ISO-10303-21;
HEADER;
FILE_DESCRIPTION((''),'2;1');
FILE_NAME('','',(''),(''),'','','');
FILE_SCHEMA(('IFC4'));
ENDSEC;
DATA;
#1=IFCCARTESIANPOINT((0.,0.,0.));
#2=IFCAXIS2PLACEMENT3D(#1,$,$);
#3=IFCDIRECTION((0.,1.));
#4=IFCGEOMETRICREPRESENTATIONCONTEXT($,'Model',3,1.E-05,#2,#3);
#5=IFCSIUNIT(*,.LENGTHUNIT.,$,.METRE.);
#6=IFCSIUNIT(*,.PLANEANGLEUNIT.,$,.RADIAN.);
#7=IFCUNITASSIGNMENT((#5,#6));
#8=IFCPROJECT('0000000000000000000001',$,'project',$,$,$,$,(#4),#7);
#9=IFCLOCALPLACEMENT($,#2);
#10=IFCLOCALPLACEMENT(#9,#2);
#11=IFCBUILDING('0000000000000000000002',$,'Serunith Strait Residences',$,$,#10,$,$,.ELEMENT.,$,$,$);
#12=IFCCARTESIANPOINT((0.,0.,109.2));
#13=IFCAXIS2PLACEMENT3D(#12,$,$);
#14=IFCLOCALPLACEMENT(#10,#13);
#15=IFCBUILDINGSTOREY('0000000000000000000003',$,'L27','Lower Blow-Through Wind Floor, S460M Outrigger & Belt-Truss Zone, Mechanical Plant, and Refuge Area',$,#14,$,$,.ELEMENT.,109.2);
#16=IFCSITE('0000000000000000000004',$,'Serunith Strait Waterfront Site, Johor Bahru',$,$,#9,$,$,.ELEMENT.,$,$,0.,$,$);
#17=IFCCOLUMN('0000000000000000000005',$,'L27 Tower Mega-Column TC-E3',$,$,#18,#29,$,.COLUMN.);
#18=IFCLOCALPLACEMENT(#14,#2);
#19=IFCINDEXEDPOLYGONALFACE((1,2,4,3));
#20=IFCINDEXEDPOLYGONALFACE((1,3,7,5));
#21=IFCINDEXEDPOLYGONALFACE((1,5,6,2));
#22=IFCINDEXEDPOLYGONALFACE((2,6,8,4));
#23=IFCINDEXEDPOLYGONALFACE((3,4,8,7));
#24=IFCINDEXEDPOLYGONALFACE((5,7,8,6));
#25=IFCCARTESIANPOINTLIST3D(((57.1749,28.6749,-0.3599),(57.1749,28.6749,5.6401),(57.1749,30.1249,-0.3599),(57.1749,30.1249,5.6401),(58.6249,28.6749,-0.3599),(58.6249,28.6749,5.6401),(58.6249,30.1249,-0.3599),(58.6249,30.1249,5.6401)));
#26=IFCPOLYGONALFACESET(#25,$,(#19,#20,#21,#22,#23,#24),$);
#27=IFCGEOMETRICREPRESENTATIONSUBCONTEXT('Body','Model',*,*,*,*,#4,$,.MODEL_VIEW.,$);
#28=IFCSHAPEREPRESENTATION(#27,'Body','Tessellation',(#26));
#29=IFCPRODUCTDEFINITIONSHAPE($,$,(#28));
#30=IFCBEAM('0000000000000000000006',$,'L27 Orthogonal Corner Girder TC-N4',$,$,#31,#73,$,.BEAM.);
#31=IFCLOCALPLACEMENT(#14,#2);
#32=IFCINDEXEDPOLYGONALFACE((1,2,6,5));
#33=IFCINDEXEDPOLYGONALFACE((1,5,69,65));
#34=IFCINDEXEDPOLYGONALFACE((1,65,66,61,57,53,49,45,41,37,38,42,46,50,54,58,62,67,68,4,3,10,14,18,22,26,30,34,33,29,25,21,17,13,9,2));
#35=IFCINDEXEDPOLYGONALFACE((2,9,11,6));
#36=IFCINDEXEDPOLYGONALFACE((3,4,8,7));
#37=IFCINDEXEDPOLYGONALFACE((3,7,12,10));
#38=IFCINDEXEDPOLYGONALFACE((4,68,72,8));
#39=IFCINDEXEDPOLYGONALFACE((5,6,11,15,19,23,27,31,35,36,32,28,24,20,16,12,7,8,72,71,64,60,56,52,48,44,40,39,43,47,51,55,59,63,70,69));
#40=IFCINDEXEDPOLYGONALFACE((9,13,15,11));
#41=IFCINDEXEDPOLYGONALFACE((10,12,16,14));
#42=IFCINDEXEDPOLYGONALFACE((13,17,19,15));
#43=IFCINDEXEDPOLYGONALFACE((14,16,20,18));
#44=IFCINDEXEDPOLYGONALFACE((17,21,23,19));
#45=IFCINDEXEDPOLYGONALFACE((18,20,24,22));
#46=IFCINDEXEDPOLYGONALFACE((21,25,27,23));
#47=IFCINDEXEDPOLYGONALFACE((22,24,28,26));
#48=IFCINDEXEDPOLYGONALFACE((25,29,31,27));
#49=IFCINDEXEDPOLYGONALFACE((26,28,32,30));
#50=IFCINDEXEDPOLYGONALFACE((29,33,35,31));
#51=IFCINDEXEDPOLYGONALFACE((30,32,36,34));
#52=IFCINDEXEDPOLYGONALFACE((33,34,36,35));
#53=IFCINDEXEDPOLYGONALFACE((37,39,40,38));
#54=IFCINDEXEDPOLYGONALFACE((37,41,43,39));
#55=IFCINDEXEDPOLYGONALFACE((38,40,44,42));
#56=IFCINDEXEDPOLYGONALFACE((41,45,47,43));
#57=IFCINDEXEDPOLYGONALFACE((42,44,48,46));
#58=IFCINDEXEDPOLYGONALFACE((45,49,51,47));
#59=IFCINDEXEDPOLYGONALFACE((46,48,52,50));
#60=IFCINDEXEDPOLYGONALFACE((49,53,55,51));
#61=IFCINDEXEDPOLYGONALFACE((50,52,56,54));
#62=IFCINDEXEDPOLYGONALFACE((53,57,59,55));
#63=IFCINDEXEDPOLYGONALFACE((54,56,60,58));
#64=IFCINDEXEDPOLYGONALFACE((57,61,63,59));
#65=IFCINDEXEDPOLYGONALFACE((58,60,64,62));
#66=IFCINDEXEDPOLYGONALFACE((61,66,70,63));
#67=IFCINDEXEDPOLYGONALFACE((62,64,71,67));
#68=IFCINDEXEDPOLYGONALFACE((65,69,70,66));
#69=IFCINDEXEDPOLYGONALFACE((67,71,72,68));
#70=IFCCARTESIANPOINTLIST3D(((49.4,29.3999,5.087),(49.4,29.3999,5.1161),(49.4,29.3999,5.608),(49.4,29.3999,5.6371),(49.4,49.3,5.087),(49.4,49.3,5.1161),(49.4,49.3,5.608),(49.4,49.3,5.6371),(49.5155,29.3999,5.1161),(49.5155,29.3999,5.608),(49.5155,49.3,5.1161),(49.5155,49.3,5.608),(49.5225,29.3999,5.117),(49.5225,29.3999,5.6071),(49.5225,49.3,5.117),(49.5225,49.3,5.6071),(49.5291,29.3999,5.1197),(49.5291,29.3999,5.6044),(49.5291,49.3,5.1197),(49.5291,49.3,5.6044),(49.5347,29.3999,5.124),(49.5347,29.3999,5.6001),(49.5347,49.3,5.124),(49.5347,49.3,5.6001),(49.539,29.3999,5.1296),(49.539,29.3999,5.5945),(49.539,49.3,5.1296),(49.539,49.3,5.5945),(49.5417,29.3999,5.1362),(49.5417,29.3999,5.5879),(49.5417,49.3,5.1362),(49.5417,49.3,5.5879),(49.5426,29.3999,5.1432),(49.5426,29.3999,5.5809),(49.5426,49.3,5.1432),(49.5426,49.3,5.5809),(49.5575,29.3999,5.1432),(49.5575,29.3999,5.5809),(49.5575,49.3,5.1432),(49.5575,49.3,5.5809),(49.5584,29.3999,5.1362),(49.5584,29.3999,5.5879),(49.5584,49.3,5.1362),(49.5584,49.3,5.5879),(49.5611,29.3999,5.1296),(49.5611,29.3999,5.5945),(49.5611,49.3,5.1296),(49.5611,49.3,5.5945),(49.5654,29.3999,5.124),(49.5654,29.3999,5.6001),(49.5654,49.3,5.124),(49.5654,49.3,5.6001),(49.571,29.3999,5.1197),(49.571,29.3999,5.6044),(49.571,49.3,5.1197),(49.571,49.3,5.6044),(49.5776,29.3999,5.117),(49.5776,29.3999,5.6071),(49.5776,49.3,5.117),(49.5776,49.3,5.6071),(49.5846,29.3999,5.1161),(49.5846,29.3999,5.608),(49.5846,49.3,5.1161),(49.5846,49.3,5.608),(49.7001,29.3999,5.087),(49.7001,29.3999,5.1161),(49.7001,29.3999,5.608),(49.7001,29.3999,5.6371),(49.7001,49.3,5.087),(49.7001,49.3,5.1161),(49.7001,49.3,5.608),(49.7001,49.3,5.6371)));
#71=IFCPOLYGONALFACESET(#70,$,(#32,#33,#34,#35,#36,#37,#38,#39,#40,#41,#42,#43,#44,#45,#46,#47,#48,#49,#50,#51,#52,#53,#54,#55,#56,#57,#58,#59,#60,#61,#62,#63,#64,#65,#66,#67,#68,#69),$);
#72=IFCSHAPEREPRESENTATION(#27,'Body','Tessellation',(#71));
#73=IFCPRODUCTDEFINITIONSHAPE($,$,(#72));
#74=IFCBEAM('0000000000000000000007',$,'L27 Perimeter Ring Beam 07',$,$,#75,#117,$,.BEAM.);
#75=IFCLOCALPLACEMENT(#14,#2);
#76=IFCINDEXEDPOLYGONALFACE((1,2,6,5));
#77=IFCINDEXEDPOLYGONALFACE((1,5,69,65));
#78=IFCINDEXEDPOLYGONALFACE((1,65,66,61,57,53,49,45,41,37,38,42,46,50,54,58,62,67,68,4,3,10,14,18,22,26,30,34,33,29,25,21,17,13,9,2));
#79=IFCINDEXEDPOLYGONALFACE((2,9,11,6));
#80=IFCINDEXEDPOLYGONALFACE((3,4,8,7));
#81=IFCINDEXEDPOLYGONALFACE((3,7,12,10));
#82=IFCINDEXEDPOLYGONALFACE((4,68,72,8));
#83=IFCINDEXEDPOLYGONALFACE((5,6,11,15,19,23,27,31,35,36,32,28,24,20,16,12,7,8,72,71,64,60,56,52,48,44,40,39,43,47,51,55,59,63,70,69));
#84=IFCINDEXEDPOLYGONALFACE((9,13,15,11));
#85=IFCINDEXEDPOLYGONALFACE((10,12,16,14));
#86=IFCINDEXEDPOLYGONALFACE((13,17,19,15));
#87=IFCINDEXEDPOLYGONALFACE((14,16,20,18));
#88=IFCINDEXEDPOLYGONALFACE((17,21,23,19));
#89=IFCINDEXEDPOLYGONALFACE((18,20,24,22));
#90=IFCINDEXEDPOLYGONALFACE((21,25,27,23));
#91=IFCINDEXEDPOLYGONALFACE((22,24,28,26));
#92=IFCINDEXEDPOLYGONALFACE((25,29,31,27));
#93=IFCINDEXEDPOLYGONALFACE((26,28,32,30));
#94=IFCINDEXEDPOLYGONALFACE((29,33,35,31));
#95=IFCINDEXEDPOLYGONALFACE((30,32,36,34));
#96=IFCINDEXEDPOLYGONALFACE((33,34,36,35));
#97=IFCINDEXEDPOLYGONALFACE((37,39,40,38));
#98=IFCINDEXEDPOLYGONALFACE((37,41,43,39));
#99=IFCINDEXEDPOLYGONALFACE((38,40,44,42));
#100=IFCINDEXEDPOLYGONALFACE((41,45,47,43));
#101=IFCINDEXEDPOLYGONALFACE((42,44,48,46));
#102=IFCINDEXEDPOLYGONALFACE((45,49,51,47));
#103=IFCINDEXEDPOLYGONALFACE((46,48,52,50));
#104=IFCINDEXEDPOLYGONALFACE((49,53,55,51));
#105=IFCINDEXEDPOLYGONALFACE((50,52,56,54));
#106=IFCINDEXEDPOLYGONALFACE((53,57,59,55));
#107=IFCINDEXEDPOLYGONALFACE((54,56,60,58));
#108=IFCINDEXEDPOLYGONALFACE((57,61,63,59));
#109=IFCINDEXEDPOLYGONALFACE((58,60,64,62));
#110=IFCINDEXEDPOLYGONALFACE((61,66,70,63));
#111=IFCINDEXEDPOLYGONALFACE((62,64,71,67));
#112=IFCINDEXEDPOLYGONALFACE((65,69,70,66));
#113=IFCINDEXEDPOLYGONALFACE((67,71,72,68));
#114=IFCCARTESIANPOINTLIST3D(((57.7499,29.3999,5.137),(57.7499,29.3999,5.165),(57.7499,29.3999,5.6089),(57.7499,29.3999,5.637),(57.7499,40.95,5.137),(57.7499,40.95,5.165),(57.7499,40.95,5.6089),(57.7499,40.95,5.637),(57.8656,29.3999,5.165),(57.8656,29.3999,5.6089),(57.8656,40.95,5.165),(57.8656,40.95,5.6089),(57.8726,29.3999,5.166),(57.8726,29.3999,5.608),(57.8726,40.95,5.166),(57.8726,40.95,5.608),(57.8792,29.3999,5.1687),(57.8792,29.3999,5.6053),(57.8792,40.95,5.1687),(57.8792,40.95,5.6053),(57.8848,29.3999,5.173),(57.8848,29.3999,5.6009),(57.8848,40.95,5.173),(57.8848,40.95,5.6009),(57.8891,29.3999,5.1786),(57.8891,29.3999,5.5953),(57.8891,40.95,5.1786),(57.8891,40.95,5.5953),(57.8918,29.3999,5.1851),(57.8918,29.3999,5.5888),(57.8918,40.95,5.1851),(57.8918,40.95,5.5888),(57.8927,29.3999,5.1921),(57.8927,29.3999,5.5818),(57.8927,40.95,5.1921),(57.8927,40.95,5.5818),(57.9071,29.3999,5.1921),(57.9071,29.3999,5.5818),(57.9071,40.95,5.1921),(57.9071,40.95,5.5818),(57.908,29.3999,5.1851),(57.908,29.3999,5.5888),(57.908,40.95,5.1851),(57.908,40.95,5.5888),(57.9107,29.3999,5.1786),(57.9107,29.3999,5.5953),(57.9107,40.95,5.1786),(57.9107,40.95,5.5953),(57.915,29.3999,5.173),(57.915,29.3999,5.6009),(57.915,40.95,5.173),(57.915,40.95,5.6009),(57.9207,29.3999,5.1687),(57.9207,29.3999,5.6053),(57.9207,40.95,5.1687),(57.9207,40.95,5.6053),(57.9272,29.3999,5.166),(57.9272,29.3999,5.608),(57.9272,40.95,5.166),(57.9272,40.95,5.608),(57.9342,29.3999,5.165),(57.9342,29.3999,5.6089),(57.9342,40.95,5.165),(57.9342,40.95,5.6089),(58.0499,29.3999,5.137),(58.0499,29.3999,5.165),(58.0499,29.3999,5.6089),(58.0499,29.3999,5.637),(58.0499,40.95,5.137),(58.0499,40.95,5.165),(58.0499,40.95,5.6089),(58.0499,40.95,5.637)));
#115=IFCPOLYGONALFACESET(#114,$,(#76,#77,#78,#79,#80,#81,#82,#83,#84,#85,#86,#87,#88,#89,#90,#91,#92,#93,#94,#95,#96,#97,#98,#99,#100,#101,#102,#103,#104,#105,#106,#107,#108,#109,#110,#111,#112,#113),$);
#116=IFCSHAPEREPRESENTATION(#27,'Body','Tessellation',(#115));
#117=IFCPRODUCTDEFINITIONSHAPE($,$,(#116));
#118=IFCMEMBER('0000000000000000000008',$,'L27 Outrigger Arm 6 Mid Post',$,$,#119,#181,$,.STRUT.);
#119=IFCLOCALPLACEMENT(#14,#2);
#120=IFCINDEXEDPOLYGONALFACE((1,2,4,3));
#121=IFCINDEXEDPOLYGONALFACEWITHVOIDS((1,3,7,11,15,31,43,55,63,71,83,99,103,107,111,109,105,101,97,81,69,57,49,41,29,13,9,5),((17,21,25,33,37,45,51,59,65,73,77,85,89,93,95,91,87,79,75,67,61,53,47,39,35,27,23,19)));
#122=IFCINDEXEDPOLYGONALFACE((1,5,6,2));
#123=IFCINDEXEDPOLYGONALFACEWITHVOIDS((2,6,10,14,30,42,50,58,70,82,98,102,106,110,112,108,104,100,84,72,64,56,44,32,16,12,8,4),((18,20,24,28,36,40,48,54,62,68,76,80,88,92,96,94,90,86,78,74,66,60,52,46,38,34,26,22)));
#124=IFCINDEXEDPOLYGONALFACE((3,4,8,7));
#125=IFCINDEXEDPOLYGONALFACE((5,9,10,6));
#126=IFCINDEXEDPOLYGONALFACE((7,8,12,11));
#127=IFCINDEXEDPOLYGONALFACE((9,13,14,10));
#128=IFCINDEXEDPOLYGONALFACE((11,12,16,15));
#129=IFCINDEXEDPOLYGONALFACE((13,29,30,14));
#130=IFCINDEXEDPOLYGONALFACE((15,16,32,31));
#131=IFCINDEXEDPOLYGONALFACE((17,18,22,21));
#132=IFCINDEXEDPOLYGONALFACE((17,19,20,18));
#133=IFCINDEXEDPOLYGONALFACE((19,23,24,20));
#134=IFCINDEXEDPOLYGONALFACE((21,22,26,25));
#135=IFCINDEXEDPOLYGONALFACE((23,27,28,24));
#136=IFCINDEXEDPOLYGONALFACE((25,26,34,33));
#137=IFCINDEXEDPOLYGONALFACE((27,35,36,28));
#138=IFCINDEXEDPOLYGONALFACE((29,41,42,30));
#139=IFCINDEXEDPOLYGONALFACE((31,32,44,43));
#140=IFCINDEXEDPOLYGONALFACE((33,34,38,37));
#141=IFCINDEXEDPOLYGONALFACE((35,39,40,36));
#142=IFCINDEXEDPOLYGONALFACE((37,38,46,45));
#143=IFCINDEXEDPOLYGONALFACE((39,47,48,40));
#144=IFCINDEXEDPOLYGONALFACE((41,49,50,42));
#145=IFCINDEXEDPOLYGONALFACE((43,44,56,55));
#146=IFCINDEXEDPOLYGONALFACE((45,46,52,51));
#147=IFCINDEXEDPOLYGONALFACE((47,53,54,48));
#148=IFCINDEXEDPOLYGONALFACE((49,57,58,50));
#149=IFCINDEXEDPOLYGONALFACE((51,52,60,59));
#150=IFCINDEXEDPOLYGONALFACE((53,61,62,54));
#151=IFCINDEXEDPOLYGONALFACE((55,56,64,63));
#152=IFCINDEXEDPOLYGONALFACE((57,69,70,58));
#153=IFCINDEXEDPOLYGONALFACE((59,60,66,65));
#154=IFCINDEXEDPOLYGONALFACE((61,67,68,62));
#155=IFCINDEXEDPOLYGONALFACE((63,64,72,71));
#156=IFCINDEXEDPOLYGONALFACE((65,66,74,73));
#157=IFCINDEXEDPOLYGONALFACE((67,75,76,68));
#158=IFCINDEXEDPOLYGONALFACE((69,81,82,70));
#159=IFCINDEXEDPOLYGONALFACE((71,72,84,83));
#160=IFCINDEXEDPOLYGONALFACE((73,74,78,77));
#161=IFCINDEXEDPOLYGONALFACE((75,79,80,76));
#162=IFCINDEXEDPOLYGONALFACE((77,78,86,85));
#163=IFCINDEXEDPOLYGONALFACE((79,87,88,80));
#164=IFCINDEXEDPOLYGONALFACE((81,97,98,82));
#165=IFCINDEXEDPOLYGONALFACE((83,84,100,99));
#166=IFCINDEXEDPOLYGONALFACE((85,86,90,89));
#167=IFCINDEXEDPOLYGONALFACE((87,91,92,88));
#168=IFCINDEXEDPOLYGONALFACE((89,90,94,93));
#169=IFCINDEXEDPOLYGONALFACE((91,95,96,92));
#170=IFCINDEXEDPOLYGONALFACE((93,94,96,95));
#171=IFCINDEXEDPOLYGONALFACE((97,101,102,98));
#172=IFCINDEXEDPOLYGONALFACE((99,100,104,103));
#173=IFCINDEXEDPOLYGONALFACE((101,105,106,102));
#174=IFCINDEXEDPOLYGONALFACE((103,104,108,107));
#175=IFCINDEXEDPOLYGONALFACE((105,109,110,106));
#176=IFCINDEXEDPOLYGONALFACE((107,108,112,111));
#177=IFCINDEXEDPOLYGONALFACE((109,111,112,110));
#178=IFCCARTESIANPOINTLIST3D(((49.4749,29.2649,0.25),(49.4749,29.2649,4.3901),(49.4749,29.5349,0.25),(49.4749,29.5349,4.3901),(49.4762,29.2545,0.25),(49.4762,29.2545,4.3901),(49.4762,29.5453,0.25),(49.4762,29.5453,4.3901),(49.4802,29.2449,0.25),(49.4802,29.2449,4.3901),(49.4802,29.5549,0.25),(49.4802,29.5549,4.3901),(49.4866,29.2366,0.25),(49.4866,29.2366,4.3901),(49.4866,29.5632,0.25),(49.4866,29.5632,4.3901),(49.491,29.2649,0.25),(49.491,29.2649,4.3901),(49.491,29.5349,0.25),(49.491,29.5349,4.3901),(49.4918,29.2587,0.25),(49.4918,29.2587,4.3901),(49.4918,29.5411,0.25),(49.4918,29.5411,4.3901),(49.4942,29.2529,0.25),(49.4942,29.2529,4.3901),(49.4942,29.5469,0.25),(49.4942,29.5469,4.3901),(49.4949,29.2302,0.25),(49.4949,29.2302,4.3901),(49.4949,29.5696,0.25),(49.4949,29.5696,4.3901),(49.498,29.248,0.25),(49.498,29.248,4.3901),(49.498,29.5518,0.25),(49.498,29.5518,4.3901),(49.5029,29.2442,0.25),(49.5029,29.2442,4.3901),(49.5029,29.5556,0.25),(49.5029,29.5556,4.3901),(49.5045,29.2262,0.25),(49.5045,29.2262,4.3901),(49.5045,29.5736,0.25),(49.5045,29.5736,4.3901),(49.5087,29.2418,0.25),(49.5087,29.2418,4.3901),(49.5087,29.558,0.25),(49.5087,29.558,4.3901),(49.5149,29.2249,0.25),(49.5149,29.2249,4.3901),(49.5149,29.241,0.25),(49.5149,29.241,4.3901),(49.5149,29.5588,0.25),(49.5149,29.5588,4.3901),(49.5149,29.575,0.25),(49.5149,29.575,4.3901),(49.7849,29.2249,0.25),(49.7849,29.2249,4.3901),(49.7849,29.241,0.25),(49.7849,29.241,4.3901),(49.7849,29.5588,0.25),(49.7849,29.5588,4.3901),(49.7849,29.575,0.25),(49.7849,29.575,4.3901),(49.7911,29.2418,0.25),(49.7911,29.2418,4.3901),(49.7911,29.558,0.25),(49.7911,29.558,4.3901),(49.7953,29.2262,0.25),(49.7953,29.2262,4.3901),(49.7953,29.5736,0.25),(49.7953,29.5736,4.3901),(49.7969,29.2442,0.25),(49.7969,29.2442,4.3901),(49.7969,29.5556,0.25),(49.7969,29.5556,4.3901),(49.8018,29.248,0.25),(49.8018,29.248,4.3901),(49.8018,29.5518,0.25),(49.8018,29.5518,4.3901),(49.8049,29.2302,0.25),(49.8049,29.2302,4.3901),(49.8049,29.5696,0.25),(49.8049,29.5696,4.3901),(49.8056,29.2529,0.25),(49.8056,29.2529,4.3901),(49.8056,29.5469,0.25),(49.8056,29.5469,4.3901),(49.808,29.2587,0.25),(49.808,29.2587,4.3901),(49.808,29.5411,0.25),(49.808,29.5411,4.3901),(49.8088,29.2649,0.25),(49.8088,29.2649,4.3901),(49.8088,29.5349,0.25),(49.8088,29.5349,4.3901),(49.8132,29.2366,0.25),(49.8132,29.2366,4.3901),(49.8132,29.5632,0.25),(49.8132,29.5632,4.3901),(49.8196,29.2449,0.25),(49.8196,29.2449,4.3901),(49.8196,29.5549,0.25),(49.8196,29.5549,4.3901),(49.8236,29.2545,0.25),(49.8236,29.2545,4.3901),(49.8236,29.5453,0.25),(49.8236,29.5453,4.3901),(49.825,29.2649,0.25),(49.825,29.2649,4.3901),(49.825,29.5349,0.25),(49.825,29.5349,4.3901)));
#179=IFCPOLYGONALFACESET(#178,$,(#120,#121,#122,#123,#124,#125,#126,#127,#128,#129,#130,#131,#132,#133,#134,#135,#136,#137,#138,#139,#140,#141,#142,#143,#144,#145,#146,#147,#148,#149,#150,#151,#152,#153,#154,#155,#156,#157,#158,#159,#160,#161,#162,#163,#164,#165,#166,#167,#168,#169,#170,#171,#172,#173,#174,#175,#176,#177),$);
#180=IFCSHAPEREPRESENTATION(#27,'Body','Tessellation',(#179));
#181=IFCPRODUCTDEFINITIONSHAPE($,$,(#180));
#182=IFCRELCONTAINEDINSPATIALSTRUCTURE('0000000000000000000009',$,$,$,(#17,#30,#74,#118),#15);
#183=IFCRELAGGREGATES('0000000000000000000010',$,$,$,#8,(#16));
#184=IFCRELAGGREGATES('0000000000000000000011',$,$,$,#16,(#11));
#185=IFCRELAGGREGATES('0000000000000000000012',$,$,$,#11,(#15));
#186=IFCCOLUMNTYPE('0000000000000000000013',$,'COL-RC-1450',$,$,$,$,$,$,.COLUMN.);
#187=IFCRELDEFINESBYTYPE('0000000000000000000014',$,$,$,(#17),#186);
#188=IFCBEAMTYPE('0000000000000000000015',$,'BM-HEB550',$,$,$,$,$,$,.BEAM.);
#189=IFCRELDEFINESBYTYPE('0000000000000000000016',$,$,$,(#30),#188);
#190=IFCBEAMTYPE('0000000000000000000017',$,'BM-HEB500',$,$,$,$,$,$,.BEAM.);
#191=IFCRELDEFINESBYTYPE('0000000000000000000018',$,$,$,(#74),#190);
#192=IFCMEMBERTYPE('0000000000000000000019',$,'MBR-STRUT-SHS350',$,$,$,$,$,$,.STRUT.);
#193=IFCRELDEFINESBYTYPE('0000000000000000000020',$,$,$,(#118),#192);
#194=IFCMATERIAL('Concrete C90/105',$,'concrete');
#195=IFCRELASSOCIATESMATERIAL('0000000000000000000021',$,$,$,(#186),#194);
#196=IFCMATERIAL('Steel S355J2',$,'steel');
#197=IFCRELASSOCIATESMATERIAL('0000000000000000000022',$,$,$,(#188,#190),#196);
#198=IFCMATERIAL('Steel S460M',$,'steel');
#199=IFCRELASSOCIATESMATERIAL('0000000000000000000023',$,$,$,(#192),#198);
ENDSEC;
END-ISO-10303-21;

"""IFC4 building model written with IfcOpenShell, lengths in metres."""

from ifc_helpers import new_model, si_unit, direction, frame, origin, origin_2d, place, context, subcontext, project, spatial, rectangle, hollow_rectangle, i_section, extrude, source, transform, mapped, material, material_profile, profile_set, type_object, element, save


model = new_model("IFC4")

# Units and contexts
model_context = context("Model", 3, precision=1e-05, world=origin(), true_north=direction((0.0, 1.0)))
body_context = subcontext(model_context, "Body", "Model", "MODEL_VIEW")
ifc_project = project(units=[si_unit("LENGTHUNIT", "METRE"), si_unit("PLANEANGLEUNIT", "RADIAN")], contexts=[model_context])

# Site, building, storey
site_placement = place(None, origin())
site = spatial("IfcSite", under=ifc_project, at=site_placement, Name="Serunith Strait Waterfront Site, Johor Bahru", CompositionType="ELEMENT", RefElevation=0.0)
building_placement = place(site_placement, origin())
building = spatial("IfcBuilding", under=site, at=building_placement, Name="Serunith Strait Residences", CompositionType="ELEMENT")
storey_placement = place(building_placement, frame((0.0, 0.0, 109.2)))
storey = spatial("IfcBuildingStorey", under=building, at=storey_placement, Name="L27", Description="Lower Blow-Through Wind Floor, S460M Outrigger & Belt-Truss Zone, Mechanical Plant, and Refuge Area", CompositionType="ELEMENT", Elevation=109.2)

# Column
ifc_material_1 = material(Name="Concrete C90/105", Category="concrete")
ifc_material_profile_1 = material_profile(ifc_material_1, rectangle(XDim=1.45, YDim=1.45, at=origin_2d()), Name="RC 1450x1450")
ifc_profile_set_1 = profile_set([ifc_material_profile_1], Name="Concrete C90/105")
column_type = type_object("IfcColumnType", Name="COL-RC-1450", PredefinedType="COLUMN", material=ifc_profile_set_1)
shared_shape_1 = source(origin(), body_context, "Body", "SweptSolid", [
    extrude(rectangle(XDim=1.45, YDim=1.45, at=origin_2d()), origin(), (0.0, 0.0, 1.0), 6.0),
])
column_placement = place(storey_placement, frame((57.8999, 29.3999, -0.3599), z_axis=(0.0, 0.0, 1.0), x_axis=(1.0, 0.0, 0.0)))
element("IfcColumn", 1, at=column_placement, inside=storey, type_object=column_type, Name="L27 Tower Mega-Column TC-E3", PredefinedType="COLUMN", context=body_context, shape_type="MappedRepresentation", body=[
    mapped(shared_shape_1, transform((0.0, 0.0, 0.0), scale=1.0)),
])

# Beams
ifc_material_2 = material(Name="Steel S355J2", Category="steel")
ifc_material_profile_2 = material_profile(ifc_material_2, i_section(OverallWidth=0.3, OverallDepth=0.55, WebThickness=0.0149, FlangeThickness=0.0291, FilletRadius=0.0271, at=origin_2d()), Name="HEB 550")
ifc_profile_set_2 = profile_set([ifc_material_profile_2], Name="Steel S355J2")
beam_type_1 = type_object("IfcBeamType", Name="BM-HEB550", PredefinedType="BEAM", material=ifc_profile_set_2)
shared_shape_2 = source(origin(), body_context, "Body", "SweptSolid", [
    extrude(i_section(OverallWidth=0.3, OverallDepth=0.55, WebThickness=0.0149, FlangeThickness=0.0291, FilletRadius=0.0271, at=origin_2d()), origin(), (0.0, 0.0, 1.0), 19.9001),
])
beam_1_placement = place(storey_placement, frame((49.55, 29.3999, 5.3621), z_axis=(0.0, 1.0, 0.0), x_axis=(-1.0, 0.0, 0.0)))
element("IfcBeam", 2, at=beam_1_placement, inside=storey, type_object=beam_type_1, Name="L27 Orthogonal Corner Girder TC-N4", PredefinedType="BEAM", context=body_context, shape_type="MappedRepresentation", body=[
    mapped(shared_shape_2, transform((0.0, 0.0, 0.0), scale=1.0)),
])
ifc_material_profile_3 = material_profile(ifc_material_2, i_section(OverallWidth=0.3, OverallDepth=0.5, WebThickness=0.0144, FlangeThickness=0.0281, FilletRadius=0.0271, at=origin_2d()), Name="HEB 500")
ifc_profile_set_3 = profile_set([ifc_material_profile_3], Name="Steel S355J2")
beam_type_2 = type_object("IfcBeamType", Name="BM-HEB500", PredefinedType="BEAM", material=ifc_profile_set_3)
shared_shape_3 = source(origin(), body_context, "Body", "SweptSolid", [
    extrude(i_section(OverallWidth=0.3, OverallDepth=0.5, WebThickness=0.0144, FlangeThickness=0.0281, FilletRadius=0.0271, at=origin_2d()), origin(), (0.0, 0.0, 1.0), 11.55),
])
beam_2_placement = place(storey_placement, frame((57.8999, 29.3999, 5.387), z_axis=(0.0, 1.0, 0.0), x_axis=(-1.0, 0.0, 0.0)))
element("IfcBeam", 3, at=beam_2_placement, inside=storey, type_object=beam_type_2, Name="L27 Perimeter Ring Beam 07", PredefinedType="BEAM", context=body_context, shape_type="MappedRepresentation", body=[
    mapped(shared_shape_3, transform((0.0, 0.0, 0.0), scale=1.0)),
])

# Member
ifc_material_3 = material(Name="Steel S460M", Category="steel")
ifc_material_profile_4 = material_profile(ifc_material_3, hollow_rectangle(XDim=0.3501, YDim=0.3501, WallThickness=0.0161, InnerFilletRadius=0.0239, OuterFilletRadius=0.04, at=origin_2d()), Name="SHS 350x350x16")
ifc_profile_set_4 = profile_set([ifc_material_profile_4], Name="Steel S460M")
member_type_1 = type_object("IfcMemberType", Name="MBR-STRUT-SHS350", PredefinedType="STRUT", material=ifc_profile_set_4)
shared_shape_4 = source(origin(), body_context, "Body", "SweptSolid", [
    extrude(hollow_rectangle(XDim=0.3501, YDim=0.3501, WallThickness=0.0161, InnerFilletRadius=0.0239, OuterFilletRadius=0.04, at=origin_2d()), origin(), (0.0, 0.0, 1.0), 4.1401),
])
member_1_placement = place(storey_placement, frame((49.6499, 29.3999, 0.25), z_axis=(0.0, 0.0, 1.0), x_axis=(1.0, 0.0, 0.0)))
element("IfcMember", 4, at=member_1_placement, inside=storey, type_object=member_type_1, Name="L27 Outrigger Arm 6 Mid Post", PredefinedType="STRUT", context=body_context, shape_type="MappedRepresentation", body=[
    mapped(shared_shape_4, transform((0.0, 0.0, 0.0), scale=1.0)),
])

save(model, "model.ifc")
